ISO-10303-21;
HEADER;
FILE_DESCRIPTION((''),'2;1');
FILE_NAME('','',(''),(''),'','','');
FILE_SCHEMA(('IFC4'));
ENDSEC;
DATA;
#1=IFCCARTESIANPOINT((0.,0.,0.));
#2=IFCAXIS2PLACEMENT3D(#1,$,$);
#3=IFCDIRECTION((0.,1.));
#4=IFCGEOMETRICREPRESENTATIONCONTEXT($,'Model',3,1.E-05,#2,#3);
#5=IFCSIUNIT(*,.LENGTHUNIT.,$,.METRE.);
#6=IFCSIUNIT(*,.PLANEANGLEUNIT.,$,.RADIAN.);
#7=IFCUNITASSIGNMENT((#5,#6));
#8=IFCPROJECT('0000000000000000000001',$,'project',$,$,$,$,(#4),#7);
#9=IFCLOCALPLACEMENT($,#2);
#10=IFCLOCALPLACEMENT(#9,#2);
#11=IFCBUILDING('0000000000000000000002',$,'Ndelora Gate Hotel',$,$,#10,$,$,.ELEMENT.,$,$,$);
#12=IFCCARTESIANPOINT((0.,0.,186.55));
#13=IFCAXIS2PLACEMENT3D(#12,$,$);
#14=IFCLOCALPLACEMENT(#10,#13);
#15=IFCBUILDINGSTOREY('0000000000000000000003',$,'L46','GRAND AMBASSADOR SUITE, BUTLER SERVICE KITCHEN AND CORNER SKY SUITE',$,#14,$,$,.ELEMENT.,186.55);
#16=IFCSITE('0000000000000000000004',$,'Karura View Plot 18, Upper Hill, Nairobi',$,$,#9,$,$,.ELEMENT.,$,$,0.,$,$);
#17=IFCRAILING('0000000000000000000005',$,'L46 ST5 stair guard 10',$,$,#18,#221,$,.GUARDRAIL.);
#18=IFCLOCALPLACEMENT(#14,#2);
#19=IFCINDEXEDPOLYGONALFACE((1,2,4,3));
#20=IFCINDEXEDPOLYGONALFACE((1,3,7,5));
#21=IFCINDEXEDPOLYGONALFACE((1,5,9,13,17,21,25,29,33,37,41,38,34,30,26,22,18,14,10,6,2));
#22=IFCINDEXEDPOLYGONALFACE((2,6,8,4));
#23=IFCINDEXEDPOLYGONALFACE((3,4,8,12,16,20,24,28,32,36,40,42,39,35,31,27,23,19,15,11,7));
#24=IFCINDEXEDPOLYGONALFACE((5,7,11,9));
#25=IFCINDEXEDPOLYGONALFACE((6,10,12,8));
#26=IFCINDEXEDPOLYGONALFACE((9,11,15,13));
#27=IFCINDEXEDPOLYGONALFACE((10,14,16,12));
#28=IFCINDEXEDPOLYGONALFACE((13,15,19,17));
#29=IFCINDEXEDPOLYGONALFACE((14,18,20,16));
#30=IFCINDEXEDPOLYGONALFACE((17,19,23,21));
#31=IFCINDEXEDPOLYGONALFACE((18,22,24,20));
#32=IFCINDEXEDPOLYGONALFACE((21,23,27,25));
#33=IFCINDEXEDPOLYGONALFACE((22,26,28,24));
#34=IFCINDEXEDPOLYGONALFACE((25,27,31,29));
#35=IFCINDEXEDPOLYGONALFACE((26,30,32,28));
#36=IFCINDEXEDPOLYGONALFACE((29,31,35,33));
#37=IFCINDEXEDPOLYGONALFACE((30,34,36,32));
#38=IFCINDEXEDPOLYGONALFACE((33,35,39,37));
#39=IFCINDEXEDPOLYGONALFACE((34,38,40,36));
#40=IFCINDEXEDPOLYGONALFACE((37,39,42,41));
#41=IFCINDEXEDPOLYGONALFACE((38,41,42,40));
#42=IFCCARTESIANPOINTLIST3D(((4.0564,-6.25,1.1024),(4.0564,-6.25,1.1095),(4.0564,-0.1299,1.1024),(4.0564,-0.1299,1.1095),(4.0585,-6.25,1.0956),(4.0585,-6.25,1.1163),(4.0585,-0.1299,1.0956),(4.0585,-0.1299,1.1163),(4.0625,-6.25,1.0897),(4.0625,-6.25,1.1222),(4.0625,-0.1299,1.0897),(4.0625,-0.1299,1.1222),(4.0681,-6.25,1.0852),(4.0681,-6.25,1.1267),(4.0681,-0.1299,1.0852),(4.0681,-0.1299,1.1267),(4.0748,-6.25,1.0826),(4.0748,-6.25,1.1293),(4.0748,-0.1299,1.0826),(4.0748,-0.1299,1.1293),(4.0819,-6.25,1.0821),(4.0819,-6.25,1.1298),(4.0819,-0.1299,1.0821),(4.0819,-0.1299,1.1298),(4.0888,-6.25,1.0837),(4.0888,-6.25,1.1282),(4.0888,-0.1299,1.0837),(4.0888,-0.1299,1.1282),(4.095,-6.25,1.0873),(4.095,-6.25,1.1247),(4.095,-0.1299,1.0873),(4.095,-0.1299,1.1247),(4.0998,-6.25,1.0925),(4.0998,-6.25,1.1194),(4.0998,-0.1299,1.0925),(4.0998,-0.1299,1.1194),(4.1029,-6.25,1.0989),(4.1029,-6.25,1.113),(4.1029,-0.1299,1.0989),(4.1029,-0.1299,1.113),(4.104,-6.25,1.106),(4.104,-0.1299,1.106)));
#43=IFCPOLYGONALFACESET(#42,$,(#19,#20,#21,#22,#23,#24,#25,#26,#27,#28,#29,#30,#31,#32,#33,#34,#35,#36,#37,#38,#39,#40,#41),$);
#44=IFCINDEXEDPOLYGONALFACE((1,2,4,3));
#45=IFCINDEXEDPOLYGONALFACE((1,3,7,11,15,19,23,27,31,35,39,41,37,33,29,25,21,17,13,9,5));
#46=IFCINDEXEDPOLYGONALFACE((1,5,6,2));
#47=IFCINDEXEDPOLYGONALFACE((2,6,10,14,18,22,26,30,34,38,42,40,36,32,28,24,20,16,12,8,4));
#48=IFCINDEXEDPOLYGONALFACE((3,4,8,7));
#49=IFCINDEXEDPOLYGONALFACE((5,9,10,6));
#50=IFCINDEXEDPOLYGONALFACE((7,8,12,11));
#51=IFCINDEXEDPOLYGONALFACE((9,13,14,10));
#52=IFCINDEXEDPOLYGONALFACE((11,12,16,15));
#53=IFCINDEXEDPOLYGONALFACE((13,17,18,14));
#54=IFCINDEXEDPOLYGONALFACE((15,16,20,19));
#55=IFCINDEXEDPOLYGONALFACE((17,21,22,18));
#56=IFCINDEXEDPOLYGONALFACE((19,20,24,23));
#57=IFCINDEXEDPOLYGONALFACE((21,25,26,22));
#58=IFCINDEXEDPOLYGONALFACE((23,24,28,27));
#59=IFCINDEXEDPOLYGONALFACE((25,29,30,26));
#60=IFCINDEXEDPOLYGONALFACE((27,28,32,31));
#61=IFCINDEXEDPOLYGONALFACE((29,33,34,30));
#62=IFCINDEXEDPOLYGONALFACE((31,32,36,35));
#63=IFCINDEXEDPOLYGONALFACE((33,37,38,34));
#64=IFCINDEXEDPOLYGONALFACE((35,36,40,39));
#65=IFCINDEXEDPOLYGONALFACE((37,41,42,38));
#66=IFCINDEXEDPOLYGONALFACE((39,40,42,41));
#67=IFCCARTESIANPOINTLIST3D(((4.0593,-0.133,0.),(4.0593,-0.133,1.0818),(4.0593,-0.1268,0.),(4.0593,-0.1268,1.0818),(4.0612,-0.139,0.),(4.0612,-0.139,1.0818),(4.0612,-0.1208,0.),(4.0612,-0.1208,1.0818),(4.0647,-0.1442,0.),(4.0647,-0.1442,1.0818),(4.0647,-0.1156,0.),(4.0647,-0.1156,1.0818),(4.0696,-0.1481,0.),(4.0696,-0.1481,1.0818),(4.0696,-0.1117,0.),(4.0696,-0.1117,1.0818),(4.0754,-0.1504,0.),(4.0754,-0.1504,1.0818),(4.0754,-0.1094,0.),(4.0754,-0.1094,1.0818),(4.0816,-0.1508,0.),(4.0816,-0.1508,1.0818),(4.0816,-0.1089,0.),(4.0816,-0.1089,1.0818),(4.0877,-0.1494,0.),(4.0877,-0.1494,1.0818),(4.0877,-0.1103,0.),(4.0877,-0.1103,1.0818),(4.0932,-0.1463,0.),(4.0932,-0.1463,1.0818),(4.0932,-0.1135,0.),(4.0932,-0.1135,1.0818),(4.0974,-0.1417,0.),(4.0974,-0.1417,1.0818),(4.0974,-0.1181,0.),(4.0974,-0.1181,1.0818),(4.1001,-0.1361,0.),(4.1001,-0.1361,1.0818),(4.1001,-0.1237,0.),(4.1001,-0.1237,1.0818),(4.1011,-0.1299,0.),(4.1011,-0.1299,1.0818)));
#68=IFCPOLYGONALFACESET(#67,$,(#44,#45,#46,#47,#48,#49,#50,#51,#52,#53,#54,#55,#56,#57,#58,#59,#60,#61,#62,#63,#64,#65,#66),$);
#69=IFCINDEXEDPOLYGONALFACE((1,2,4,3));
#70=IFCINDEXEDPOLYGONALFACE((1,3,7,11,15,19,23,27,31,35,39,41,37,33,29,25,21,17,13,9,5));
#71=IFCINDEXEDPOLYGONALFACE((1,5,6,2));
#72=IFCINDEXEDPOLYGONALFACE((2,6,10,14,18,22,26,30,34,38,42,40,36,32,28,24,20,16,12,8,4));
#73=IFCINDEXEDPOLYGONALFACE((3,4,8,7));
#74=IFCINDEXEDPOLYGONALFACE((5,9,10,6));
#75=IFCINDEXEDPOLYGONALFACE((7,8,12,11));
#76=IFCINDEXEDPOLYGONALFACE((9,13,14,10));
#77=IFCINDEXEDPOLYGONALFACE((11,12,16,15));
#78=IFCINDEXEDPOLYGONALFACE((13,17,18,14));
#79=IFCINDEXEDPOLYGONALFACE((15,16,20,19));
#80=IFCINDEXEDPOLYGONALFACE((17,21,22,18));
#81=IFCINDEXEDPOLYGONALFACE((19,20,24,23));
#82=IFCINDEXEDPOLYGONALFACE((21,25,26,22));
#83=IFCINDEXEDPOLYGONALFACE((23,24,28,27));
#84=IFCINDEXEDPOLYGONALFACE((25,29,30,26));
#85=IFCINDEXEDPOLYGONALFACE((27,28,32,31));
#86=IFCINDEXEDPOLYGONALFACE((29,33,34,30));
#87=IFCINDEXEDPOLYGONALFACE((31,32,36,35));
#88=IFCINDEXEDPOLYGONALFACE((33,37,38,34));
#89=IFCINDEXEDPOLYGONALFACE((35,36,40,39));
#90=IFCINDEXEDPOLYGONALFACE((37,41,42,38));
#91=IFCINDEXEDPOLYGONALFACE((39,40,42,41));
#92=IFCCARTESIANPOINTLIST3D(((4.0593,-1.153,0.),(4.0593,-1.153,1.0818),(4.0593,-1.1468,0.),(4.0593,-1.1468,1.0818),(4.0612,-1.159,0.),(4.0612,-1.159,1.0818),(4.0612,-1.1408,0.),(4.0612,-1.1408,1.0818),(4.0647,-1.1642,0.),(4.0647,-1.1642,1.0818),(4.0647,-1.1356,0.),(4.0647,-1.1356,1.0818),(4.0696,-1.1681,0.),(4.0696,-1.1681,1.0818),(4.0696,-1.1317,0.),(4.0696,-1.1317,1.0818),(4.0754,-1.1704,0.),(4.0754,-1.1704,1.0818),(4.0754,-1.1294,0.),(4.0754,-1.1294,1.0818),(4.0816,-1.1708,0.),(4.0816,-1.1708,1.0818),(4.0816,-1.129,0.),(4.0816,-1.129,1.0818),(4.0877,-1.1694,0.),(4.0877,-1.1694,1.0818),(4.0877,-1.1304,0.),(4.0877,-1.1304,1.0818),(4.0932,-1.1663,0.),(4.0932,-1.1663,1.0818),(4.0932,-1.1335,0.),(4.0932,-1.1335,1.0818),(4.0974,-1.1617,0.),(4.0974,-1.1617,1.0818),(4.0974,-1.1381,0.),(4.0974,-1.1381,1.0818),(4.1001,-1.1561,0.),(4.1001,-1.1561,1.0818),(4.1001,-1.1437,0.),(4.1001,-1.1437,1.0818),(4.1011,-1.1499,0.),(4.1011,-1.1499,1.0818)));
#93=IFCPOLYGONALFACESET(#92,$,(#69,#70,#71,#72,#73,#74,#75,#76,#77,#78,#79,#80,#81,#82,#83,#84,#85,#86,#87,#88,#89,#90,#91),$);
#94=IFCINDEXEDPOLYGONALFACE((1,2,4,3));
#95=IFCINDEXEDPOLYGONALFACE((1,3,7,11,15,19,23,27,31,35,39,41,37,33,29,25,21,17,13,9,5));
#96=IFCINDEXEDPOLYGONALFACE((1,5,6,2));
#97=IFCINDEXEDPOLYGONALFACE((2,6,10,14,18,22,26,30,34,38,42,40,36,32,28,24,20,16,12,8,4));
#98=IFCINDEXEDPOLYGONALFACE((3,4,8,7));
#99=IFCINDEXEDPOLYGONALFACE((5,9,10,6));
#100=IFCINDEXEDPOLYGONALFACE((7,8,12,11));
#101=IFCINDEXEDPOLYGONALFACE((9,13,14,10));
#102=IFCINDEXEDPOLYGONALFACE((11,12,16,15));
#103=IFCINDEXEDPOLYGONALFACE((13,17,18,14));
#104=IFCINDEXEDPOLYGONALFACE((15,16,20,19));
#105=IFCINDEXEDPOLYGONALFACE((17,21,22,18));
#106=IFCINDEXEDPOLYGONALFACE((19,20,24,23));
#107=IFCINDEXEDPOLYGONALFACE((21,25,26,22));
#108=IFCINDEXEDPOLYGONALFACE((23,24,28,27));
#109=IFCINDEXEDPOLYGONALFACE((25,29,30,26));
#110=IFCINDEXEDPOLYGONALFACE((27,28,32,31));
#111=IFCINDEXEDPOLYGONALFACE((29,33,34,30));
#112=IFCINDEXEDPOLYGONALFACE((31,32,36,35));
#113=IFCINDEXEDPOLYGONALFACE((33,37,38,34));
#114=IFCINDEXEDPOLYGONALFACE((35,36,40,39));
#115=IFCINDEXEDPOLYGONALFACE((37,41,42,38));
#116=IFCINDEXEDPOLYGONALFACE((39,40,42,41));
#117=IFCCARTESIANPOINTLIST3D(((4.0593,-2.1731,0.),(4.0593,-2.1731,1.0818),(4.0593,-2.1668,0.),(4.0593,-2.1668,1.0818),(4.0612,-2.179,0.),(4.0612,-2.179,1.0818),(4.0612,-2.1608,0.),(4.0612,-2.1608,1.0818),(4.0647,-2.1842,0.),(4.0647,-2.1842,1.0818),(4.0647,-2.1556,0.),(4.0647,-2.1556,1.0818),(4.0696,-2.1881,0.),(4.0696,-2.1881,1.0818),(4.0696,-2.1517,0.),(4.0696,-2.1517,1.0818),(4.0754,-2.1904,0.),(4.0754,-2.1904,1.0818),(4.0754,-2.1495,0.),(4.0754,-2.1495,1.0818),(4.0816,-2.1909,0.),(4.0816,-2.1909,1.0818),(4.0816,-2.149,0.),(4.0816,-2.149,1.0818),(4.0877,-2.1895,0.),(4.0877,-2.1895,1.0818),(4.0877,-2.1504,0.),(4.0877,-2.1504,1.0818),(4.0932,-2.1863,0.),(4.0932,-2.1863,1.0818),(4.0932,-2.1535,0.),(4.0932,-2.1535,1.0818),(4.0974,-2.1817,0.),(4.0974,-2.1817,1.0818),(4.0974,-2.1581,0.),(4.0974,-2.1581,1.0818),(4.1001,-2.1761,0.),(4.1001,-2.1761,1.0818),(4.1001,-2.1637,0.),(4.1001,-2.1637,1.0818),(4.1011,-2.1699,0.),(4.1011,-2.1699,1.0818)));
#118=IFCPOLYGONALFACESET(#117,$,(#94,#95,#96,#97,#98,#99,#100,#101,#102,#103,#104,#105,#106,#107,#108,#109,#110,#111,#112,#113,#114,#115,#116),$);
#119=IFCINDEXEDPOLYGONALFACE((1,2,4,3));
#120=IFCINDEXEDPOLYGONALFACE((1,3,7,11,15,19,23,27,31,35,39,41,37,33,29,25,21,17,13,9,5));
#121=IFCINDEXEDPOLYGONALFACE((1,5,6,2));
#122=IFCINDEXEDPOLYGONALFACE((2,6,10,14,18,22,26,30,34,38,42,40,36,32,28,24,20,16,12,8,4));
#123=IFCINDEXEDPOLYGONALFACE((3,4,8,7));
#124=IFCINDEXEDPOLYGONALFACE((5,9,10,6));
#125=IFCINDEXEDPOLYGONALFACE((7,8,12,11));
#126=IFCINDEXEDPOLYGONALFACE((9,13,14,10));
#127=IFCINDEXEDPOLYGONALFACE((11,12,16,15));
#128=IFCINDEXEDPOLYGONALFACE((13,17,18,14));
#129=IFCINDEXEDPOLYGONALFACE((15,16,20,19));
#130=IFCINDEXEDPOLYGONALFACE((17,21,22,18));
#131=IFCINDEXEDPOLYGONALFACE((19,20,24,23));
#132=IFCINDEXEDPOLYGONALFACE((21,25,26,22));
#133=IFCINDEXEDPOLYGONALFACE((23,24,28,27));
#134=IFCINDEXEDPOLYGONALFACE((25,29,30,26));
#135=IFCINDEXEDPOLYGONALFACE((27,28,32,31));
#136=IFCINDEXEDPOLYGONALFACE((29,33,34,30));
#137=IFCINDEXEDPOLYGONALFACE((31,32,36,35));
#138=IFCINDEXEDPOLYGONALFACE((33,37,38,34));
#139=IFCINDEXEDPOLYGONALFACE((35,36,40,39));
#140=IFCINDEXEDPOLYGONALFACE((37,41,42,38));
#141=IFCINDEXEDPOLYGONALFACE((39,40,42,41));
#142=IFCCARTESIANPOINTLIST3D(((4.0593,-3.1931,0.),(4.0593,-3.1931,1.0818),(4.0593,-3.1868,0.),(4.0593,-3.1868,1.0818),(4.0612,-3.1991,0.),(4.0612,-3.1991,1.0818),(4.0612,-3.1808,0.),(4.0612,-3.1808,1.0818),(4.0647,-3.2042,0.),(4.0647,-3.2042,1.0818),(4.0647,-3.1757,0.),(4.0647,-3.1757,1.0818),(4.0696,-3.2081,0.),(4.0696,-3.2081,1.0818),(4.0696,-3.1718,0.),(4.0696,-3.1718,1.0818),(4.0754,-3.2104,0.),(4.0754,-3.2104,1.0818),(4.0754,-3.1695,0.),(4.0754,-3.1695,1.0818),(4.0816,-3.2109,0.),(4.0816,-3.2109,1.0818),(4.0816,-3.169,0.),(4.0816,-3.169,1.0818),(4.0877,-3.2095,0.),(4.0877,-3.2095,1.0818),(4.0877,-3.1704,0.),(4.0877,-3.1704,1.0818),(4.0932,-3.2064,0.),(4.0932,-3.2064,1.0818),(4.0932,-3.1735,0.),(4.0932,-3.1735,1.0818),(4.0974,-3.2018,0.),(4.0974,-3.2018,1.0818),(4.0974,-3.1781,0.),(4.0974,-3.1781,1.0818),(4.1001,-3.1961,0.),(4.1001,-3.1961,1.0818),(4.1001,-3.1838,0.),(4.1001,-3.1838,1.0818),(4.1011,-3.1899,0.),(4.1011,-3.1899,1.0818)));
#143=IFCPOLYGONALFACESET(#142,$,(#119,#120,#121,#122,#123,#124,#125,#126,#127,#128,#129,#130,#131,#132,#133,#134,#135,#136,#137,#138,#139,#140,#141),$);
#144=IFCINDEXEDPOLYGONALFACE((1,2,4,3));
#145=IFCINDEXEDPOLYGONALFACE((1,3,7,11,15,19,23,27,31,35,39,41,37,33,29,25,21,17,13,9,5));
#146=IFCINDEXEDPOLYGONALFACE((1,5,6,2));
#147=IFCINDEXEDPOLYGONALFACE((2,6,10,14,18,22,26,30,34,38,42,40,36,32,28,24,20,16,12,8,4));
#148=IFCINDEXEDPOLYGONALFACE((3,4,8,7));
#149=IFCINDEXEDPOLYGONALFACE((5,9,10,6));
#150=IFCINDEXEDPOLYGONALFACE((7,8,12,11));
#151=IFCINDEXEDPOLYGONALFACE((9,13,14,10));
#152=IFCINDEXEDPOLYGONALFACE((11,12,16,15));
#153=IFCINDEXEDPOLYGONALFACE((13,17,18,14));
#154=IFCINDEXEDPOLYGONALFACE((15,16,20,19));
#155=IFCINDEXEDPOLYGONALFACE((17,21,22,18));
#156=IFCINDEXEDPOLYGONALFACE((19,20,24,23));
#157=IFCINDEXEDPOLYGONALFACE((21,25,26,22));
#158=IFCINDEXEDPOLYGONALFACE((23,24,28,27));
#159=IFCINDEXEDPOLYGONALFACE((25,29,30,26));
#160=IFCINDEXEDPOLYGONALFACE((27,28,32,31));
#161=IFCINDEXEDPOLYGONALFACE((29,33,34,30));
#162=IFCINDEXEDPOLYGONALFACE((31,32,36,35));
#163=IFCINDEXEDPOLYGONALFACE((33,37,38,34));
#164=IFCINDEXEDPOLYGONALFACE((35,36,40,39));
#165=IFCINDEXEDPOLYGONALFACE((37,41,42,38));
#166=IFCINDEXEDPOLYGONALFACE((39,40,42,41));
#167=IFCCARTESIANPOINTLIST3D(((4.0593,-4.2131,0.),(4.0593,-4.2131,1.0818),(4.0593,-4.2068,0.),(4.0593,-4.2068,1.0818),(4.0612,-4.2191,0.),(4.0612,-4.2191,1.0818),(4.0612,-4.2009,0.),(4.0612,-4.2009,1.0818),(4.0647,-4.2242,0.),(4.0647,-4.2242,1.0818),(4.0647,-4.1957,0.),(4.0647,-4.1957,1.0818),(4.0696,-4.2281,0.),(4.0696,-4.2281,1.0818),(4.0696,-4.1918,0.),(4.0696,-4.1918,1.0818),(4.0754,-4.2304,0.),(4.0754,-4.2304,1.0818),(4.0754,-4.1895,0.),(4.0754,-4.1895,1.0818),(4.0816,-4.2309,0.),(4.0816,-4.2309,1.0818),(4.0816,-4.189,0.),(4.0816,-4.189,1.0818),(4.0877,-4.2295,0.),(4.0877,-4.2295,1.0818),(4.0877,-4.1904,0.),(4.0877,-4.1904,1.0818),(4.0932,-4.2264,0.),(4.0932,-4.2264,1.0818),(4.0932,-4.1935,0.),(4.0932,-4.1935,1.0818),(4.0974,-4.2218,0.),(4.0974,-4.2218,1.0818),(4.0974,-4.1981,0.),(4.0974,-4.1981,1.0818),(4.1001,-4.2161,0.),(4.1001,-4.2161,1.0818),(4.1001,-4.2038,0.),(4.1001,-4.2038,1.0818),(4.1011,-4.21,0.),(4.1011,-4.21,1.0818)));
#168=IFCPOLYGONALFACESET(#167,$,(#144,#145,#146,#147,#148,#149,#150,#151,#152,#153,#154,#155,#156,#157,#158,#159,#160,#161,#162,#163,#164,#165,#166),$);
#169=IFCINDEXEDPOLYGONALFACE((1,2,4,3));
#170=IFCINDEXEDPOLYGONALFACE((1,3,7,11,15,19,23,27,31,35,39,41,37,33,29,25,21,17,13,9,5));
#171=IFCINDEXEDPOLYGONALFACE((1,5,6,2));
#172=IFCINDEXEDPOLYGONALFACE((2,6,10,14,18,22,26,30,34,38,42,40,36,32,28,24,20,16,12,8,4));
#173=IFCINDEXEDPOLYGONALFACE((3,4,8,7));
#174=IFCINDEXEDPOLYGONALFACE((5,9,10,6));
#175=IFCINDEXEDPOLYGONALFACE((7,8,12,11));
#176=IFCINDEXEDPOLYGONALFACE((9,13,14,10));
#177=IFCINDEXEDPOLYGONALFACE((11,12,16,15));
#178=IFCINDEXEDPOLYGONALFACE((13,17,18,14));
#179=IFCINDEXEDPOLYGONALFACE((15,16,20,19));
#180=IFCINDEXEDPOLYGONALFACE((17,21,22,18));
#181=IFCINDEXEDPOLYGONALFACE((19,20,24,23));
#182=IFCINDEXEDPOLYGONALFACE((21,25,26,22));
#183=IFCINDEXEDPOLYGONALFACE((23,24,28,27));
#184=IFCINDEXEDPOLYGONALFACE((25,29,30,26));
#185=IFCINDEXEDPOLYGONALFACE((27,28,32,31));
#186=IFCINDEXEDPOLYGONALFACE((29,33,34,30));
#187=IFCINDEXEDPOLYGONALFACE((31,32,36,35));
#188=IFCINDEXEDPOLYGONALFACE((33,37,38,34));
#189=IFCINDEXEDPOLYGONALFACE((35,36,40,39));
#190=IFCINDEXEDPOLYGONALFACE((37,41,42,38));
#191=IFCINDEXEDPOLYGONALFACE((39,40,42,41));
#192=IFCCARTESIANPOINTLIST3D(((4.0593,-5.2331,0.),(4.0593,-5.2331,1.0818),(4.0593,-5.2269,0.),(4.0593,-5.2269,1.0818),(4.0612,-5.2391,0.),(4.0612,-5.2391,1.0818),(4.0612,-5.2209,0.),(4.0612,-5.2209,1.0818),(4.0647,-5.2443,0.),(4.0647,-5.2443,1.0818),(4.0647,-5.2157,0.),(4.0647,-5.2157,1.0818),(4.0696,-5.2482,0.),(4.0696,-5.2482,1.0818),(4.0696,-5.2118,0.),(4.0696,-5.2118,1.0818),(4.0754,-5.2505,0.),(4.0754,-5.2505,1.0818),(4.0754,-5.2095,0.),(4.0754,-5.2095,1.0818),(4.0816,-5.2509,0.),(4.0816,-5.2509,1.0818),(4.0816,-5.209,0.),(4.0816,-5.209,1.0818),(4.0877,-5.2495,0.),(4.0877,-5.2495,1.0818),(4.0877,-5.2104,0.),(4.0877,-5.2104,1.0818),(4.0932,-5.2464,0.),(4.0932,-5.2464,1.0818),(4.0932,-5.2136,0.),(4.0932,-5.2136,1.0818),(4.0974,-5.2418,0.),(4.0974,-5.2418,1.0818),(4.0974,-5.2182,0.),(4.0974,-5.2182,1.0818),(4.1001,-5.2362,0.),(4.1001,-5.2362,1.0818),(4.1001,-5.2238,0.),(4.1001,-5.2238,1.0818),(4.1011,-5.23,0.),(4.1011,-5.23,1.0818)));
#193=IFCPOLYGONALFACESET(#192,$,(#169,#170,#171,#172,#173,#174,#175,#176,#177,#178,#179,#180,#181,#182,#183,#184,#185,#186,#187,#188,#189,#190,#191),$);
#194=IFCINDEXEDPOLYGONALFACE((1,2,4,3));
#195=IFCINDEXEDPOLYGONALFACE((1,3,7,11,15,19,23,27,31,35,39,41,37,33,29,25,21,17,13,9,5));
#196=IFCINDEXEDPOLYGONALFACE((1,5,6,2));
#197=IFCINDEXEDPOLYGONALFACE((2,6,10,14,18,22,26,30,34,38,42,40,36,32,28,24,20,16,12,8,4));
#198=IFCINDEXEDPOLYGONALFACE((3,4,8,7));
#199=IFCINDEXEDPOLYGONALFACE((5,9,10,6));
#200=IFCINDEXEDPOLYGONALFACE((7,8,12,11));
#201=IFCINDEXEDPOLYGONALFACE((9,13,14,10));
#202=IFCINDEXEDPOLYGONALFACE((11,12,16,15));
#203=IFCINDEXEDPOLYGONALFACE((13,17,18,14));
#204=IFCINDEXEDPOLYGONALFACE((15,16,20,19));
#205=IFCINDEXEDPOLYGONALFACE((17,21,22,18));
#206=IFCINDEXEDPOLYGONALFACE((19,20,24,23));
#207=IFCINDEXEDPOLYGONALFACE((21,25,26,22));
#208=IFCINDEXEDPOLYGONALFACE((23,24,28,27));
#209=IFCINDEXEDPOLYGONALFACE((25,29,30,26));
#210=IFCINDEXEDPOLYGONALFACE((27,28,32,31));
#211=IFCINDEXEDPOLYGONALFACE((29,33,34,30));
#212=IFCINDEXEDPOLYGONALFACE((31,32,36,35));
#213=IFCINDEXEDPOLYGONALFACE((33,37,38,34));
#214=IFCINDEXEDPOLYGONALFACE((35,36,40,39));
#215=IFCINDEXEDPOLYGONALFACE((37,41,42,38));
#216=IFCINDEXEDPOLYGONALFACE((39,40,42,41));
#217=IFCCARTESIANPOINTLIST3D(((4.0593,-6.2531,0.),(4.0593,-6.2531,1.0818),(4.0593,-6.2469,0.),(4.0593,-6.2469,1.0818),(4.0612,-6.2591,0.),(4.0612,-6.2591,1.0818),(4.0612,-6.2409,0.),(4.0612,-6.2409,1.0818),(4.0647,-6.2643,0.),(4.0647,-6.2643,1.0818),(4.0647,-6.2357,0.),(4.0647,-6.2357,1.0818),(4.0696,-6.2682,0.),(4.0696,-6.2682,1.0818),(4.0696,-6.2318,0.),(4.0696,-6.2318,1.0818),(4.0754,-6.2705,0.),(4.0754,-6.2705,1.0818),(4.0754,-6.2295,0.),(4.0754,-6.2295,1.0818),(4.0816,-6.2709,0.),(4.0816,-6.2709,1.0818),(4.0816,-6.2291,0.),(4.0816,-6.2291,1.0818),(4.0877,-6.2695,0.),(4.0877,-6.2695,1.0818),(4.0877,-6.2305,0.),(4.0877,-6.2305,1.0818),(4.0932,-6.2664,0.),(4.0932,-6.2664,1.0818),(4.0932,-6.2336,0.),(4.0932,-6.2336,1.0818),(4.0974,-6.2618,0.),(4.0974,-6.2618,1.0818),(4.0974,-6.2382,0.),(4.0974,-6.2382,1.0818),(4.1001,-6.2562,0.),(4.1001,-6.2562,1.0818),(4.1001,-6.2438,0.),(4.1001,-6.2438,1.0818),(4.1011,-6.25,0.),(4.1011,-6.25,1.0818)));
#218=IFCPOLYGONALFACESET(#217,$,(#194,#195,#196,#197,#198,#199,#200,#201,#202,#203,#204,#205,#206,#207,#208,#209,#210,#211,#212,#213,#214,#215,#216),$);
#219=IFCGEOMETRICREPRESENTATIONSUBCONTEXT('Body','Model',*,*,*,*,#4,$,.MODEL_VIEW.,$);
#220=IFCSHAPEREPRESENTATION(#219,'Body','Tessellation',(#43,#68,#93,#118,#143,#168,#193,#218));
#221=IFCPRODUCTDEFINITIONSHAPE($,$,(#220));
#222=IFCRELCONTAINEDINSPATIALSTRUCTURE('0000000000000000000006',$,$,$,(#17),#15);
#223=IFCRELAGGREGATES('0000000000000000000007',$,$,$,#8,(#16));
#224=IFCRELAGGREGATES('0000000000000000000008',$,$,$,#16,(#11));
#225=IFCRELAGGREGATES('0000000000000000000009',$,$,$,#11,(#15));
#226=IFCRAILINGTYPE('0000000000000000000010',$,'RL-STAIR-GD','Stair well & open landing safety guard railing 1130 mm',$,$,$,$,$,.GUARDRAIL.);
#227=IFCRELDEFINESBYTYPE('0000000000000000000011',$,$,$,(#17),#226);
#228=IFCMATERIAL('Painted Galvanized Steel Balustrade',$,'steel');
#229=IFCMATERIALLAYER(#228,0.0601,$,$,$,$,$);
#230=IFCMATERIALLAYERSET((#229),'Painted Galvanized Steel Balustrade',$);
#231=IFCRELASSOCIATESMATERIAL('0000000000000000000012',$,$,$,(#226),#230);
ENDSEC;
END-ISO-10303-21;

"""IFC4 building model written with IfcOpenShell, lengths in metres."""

from ifc_helpers import new_model, si_unit, direction, frame, origin, origin_2d, place, context, subcontext, project, spatial, circle, extrude, material, layer, layer_set, type_object, element, save


model = new_model("IFC4")

# Units and contexts
model_context = context("Model", 3, precision=1e-05, world=origin(), true_north=direction((0.0, 1.0)))
body_context = subcontext(model_context, "Body", "Model", "MODEL_VIEW")
ifc_project = project(units=[si_unit("LENGTHUNIT", "METRE"), si_unit("PLANEANGLEUNIT", "RADIAN")], contexts=[model_context])

# Site, building, storey
site_placement = place(None, origin())
site = spatial("IfcSite", under=ifc_project, at=site_placement, Name="Karura View Plot 18, Upper Hill, Nairobi", CompositionType="ELEMENT", RefElevation=0.0)
building_placement = place(site_placement, origin())
building = spatial("IfcBuilding", under=site, at=building_placement, Name="Ndelora Gate Hotel", CompositionType="ELEMENT")
storey_placement = place(building_placement, frame((0.0, 0.0, 186.55)))
storey = spatial("IfcBuildingStorey", under=building, at=storey_placement, Name="L46", Description="GRAND AMBASSADOR SUITE, BUTLER SERVICE KITCHEN AND CORNER SKY SUITE", CompositionType="ELEMENT", Elevation=186.55)

# Railing
ifc_material_1 = material(Name="Painted Galvanized Steel Balustrade", Category="steel")
ifc_layer_1 = layer(ifc_material_1, 0.0601)
ifc_layer_set_1 = layer_set([ifc_layer_1], Name="Painted Galvanized Steel Balustrade")
railing_type_1 = type_object("IfcRailingType", Name="RL-STAIR-GD", Description="Stair well & open landing safety guard railing 1130 mm", PredefinedType="GUARDRAIL", material=ifc_layer_set_1)
railing_1_placement = place(storey_placement, frame((4.0801, -0.1299, 0.0)))
element("IfcRailing", 1, at=railing_1_placement, inside=storey, type_object=railing_type_1, Name="L46 ST5 stair guard 10", PredefinedType="GUARDRAIL", context=body_context, shape_type="SweptSolid", body=[
    extrude(circle(Radius=0.0239, at=origin_2d()), frame((0.0, 0.0, 1.106), z_axis=(0.0, -1.0, 0.0), x_axis=(1.0, 0.0, 0.0)), (0.0, 0.0, 1.0), 6.1201),
    extrude(circle(Radius=0.021, at=origin_2d()), origin(), (0.0, 0.0, 1.0), 1.0818),
    extrude(circle(Radius=0.021, at=origin_2d()), frame((0.0, -1.02, 0.0)), (0.0, 0.0, 1.0), 1.0818),
    extrude(circle(Radius=0.021, at=origin_2d()), frame((0.0, -2.04, 0.0)), (0.0, 0.0, 1.0), 1.0818),
    extrude(circle(Radius=0.021, at=origin_2d()), frame((0.0, -3.0601, 0.0)), (0.0, 0.0, 1.0), 1.0818),
    extrude(circle(Radius=0.021, at=origin_2d()), frame((0.0, -4.0801, 0.0)), (0.0, 0.0, 1.0), 1.0818),
    extrude(circle(Radius=0.021, at=origin_2d()), frame((0.0, -5.1001, 0.0)), (0.0, 0.0, 1.0), 1.0818),
    extrude(circle(Radius=0.021, at=origin_2d()), frame((0.0, -6.1201, 0.0)), (0.0, 0.0, 1.0), 1.0818),
])

save(model, "model.ifc")
